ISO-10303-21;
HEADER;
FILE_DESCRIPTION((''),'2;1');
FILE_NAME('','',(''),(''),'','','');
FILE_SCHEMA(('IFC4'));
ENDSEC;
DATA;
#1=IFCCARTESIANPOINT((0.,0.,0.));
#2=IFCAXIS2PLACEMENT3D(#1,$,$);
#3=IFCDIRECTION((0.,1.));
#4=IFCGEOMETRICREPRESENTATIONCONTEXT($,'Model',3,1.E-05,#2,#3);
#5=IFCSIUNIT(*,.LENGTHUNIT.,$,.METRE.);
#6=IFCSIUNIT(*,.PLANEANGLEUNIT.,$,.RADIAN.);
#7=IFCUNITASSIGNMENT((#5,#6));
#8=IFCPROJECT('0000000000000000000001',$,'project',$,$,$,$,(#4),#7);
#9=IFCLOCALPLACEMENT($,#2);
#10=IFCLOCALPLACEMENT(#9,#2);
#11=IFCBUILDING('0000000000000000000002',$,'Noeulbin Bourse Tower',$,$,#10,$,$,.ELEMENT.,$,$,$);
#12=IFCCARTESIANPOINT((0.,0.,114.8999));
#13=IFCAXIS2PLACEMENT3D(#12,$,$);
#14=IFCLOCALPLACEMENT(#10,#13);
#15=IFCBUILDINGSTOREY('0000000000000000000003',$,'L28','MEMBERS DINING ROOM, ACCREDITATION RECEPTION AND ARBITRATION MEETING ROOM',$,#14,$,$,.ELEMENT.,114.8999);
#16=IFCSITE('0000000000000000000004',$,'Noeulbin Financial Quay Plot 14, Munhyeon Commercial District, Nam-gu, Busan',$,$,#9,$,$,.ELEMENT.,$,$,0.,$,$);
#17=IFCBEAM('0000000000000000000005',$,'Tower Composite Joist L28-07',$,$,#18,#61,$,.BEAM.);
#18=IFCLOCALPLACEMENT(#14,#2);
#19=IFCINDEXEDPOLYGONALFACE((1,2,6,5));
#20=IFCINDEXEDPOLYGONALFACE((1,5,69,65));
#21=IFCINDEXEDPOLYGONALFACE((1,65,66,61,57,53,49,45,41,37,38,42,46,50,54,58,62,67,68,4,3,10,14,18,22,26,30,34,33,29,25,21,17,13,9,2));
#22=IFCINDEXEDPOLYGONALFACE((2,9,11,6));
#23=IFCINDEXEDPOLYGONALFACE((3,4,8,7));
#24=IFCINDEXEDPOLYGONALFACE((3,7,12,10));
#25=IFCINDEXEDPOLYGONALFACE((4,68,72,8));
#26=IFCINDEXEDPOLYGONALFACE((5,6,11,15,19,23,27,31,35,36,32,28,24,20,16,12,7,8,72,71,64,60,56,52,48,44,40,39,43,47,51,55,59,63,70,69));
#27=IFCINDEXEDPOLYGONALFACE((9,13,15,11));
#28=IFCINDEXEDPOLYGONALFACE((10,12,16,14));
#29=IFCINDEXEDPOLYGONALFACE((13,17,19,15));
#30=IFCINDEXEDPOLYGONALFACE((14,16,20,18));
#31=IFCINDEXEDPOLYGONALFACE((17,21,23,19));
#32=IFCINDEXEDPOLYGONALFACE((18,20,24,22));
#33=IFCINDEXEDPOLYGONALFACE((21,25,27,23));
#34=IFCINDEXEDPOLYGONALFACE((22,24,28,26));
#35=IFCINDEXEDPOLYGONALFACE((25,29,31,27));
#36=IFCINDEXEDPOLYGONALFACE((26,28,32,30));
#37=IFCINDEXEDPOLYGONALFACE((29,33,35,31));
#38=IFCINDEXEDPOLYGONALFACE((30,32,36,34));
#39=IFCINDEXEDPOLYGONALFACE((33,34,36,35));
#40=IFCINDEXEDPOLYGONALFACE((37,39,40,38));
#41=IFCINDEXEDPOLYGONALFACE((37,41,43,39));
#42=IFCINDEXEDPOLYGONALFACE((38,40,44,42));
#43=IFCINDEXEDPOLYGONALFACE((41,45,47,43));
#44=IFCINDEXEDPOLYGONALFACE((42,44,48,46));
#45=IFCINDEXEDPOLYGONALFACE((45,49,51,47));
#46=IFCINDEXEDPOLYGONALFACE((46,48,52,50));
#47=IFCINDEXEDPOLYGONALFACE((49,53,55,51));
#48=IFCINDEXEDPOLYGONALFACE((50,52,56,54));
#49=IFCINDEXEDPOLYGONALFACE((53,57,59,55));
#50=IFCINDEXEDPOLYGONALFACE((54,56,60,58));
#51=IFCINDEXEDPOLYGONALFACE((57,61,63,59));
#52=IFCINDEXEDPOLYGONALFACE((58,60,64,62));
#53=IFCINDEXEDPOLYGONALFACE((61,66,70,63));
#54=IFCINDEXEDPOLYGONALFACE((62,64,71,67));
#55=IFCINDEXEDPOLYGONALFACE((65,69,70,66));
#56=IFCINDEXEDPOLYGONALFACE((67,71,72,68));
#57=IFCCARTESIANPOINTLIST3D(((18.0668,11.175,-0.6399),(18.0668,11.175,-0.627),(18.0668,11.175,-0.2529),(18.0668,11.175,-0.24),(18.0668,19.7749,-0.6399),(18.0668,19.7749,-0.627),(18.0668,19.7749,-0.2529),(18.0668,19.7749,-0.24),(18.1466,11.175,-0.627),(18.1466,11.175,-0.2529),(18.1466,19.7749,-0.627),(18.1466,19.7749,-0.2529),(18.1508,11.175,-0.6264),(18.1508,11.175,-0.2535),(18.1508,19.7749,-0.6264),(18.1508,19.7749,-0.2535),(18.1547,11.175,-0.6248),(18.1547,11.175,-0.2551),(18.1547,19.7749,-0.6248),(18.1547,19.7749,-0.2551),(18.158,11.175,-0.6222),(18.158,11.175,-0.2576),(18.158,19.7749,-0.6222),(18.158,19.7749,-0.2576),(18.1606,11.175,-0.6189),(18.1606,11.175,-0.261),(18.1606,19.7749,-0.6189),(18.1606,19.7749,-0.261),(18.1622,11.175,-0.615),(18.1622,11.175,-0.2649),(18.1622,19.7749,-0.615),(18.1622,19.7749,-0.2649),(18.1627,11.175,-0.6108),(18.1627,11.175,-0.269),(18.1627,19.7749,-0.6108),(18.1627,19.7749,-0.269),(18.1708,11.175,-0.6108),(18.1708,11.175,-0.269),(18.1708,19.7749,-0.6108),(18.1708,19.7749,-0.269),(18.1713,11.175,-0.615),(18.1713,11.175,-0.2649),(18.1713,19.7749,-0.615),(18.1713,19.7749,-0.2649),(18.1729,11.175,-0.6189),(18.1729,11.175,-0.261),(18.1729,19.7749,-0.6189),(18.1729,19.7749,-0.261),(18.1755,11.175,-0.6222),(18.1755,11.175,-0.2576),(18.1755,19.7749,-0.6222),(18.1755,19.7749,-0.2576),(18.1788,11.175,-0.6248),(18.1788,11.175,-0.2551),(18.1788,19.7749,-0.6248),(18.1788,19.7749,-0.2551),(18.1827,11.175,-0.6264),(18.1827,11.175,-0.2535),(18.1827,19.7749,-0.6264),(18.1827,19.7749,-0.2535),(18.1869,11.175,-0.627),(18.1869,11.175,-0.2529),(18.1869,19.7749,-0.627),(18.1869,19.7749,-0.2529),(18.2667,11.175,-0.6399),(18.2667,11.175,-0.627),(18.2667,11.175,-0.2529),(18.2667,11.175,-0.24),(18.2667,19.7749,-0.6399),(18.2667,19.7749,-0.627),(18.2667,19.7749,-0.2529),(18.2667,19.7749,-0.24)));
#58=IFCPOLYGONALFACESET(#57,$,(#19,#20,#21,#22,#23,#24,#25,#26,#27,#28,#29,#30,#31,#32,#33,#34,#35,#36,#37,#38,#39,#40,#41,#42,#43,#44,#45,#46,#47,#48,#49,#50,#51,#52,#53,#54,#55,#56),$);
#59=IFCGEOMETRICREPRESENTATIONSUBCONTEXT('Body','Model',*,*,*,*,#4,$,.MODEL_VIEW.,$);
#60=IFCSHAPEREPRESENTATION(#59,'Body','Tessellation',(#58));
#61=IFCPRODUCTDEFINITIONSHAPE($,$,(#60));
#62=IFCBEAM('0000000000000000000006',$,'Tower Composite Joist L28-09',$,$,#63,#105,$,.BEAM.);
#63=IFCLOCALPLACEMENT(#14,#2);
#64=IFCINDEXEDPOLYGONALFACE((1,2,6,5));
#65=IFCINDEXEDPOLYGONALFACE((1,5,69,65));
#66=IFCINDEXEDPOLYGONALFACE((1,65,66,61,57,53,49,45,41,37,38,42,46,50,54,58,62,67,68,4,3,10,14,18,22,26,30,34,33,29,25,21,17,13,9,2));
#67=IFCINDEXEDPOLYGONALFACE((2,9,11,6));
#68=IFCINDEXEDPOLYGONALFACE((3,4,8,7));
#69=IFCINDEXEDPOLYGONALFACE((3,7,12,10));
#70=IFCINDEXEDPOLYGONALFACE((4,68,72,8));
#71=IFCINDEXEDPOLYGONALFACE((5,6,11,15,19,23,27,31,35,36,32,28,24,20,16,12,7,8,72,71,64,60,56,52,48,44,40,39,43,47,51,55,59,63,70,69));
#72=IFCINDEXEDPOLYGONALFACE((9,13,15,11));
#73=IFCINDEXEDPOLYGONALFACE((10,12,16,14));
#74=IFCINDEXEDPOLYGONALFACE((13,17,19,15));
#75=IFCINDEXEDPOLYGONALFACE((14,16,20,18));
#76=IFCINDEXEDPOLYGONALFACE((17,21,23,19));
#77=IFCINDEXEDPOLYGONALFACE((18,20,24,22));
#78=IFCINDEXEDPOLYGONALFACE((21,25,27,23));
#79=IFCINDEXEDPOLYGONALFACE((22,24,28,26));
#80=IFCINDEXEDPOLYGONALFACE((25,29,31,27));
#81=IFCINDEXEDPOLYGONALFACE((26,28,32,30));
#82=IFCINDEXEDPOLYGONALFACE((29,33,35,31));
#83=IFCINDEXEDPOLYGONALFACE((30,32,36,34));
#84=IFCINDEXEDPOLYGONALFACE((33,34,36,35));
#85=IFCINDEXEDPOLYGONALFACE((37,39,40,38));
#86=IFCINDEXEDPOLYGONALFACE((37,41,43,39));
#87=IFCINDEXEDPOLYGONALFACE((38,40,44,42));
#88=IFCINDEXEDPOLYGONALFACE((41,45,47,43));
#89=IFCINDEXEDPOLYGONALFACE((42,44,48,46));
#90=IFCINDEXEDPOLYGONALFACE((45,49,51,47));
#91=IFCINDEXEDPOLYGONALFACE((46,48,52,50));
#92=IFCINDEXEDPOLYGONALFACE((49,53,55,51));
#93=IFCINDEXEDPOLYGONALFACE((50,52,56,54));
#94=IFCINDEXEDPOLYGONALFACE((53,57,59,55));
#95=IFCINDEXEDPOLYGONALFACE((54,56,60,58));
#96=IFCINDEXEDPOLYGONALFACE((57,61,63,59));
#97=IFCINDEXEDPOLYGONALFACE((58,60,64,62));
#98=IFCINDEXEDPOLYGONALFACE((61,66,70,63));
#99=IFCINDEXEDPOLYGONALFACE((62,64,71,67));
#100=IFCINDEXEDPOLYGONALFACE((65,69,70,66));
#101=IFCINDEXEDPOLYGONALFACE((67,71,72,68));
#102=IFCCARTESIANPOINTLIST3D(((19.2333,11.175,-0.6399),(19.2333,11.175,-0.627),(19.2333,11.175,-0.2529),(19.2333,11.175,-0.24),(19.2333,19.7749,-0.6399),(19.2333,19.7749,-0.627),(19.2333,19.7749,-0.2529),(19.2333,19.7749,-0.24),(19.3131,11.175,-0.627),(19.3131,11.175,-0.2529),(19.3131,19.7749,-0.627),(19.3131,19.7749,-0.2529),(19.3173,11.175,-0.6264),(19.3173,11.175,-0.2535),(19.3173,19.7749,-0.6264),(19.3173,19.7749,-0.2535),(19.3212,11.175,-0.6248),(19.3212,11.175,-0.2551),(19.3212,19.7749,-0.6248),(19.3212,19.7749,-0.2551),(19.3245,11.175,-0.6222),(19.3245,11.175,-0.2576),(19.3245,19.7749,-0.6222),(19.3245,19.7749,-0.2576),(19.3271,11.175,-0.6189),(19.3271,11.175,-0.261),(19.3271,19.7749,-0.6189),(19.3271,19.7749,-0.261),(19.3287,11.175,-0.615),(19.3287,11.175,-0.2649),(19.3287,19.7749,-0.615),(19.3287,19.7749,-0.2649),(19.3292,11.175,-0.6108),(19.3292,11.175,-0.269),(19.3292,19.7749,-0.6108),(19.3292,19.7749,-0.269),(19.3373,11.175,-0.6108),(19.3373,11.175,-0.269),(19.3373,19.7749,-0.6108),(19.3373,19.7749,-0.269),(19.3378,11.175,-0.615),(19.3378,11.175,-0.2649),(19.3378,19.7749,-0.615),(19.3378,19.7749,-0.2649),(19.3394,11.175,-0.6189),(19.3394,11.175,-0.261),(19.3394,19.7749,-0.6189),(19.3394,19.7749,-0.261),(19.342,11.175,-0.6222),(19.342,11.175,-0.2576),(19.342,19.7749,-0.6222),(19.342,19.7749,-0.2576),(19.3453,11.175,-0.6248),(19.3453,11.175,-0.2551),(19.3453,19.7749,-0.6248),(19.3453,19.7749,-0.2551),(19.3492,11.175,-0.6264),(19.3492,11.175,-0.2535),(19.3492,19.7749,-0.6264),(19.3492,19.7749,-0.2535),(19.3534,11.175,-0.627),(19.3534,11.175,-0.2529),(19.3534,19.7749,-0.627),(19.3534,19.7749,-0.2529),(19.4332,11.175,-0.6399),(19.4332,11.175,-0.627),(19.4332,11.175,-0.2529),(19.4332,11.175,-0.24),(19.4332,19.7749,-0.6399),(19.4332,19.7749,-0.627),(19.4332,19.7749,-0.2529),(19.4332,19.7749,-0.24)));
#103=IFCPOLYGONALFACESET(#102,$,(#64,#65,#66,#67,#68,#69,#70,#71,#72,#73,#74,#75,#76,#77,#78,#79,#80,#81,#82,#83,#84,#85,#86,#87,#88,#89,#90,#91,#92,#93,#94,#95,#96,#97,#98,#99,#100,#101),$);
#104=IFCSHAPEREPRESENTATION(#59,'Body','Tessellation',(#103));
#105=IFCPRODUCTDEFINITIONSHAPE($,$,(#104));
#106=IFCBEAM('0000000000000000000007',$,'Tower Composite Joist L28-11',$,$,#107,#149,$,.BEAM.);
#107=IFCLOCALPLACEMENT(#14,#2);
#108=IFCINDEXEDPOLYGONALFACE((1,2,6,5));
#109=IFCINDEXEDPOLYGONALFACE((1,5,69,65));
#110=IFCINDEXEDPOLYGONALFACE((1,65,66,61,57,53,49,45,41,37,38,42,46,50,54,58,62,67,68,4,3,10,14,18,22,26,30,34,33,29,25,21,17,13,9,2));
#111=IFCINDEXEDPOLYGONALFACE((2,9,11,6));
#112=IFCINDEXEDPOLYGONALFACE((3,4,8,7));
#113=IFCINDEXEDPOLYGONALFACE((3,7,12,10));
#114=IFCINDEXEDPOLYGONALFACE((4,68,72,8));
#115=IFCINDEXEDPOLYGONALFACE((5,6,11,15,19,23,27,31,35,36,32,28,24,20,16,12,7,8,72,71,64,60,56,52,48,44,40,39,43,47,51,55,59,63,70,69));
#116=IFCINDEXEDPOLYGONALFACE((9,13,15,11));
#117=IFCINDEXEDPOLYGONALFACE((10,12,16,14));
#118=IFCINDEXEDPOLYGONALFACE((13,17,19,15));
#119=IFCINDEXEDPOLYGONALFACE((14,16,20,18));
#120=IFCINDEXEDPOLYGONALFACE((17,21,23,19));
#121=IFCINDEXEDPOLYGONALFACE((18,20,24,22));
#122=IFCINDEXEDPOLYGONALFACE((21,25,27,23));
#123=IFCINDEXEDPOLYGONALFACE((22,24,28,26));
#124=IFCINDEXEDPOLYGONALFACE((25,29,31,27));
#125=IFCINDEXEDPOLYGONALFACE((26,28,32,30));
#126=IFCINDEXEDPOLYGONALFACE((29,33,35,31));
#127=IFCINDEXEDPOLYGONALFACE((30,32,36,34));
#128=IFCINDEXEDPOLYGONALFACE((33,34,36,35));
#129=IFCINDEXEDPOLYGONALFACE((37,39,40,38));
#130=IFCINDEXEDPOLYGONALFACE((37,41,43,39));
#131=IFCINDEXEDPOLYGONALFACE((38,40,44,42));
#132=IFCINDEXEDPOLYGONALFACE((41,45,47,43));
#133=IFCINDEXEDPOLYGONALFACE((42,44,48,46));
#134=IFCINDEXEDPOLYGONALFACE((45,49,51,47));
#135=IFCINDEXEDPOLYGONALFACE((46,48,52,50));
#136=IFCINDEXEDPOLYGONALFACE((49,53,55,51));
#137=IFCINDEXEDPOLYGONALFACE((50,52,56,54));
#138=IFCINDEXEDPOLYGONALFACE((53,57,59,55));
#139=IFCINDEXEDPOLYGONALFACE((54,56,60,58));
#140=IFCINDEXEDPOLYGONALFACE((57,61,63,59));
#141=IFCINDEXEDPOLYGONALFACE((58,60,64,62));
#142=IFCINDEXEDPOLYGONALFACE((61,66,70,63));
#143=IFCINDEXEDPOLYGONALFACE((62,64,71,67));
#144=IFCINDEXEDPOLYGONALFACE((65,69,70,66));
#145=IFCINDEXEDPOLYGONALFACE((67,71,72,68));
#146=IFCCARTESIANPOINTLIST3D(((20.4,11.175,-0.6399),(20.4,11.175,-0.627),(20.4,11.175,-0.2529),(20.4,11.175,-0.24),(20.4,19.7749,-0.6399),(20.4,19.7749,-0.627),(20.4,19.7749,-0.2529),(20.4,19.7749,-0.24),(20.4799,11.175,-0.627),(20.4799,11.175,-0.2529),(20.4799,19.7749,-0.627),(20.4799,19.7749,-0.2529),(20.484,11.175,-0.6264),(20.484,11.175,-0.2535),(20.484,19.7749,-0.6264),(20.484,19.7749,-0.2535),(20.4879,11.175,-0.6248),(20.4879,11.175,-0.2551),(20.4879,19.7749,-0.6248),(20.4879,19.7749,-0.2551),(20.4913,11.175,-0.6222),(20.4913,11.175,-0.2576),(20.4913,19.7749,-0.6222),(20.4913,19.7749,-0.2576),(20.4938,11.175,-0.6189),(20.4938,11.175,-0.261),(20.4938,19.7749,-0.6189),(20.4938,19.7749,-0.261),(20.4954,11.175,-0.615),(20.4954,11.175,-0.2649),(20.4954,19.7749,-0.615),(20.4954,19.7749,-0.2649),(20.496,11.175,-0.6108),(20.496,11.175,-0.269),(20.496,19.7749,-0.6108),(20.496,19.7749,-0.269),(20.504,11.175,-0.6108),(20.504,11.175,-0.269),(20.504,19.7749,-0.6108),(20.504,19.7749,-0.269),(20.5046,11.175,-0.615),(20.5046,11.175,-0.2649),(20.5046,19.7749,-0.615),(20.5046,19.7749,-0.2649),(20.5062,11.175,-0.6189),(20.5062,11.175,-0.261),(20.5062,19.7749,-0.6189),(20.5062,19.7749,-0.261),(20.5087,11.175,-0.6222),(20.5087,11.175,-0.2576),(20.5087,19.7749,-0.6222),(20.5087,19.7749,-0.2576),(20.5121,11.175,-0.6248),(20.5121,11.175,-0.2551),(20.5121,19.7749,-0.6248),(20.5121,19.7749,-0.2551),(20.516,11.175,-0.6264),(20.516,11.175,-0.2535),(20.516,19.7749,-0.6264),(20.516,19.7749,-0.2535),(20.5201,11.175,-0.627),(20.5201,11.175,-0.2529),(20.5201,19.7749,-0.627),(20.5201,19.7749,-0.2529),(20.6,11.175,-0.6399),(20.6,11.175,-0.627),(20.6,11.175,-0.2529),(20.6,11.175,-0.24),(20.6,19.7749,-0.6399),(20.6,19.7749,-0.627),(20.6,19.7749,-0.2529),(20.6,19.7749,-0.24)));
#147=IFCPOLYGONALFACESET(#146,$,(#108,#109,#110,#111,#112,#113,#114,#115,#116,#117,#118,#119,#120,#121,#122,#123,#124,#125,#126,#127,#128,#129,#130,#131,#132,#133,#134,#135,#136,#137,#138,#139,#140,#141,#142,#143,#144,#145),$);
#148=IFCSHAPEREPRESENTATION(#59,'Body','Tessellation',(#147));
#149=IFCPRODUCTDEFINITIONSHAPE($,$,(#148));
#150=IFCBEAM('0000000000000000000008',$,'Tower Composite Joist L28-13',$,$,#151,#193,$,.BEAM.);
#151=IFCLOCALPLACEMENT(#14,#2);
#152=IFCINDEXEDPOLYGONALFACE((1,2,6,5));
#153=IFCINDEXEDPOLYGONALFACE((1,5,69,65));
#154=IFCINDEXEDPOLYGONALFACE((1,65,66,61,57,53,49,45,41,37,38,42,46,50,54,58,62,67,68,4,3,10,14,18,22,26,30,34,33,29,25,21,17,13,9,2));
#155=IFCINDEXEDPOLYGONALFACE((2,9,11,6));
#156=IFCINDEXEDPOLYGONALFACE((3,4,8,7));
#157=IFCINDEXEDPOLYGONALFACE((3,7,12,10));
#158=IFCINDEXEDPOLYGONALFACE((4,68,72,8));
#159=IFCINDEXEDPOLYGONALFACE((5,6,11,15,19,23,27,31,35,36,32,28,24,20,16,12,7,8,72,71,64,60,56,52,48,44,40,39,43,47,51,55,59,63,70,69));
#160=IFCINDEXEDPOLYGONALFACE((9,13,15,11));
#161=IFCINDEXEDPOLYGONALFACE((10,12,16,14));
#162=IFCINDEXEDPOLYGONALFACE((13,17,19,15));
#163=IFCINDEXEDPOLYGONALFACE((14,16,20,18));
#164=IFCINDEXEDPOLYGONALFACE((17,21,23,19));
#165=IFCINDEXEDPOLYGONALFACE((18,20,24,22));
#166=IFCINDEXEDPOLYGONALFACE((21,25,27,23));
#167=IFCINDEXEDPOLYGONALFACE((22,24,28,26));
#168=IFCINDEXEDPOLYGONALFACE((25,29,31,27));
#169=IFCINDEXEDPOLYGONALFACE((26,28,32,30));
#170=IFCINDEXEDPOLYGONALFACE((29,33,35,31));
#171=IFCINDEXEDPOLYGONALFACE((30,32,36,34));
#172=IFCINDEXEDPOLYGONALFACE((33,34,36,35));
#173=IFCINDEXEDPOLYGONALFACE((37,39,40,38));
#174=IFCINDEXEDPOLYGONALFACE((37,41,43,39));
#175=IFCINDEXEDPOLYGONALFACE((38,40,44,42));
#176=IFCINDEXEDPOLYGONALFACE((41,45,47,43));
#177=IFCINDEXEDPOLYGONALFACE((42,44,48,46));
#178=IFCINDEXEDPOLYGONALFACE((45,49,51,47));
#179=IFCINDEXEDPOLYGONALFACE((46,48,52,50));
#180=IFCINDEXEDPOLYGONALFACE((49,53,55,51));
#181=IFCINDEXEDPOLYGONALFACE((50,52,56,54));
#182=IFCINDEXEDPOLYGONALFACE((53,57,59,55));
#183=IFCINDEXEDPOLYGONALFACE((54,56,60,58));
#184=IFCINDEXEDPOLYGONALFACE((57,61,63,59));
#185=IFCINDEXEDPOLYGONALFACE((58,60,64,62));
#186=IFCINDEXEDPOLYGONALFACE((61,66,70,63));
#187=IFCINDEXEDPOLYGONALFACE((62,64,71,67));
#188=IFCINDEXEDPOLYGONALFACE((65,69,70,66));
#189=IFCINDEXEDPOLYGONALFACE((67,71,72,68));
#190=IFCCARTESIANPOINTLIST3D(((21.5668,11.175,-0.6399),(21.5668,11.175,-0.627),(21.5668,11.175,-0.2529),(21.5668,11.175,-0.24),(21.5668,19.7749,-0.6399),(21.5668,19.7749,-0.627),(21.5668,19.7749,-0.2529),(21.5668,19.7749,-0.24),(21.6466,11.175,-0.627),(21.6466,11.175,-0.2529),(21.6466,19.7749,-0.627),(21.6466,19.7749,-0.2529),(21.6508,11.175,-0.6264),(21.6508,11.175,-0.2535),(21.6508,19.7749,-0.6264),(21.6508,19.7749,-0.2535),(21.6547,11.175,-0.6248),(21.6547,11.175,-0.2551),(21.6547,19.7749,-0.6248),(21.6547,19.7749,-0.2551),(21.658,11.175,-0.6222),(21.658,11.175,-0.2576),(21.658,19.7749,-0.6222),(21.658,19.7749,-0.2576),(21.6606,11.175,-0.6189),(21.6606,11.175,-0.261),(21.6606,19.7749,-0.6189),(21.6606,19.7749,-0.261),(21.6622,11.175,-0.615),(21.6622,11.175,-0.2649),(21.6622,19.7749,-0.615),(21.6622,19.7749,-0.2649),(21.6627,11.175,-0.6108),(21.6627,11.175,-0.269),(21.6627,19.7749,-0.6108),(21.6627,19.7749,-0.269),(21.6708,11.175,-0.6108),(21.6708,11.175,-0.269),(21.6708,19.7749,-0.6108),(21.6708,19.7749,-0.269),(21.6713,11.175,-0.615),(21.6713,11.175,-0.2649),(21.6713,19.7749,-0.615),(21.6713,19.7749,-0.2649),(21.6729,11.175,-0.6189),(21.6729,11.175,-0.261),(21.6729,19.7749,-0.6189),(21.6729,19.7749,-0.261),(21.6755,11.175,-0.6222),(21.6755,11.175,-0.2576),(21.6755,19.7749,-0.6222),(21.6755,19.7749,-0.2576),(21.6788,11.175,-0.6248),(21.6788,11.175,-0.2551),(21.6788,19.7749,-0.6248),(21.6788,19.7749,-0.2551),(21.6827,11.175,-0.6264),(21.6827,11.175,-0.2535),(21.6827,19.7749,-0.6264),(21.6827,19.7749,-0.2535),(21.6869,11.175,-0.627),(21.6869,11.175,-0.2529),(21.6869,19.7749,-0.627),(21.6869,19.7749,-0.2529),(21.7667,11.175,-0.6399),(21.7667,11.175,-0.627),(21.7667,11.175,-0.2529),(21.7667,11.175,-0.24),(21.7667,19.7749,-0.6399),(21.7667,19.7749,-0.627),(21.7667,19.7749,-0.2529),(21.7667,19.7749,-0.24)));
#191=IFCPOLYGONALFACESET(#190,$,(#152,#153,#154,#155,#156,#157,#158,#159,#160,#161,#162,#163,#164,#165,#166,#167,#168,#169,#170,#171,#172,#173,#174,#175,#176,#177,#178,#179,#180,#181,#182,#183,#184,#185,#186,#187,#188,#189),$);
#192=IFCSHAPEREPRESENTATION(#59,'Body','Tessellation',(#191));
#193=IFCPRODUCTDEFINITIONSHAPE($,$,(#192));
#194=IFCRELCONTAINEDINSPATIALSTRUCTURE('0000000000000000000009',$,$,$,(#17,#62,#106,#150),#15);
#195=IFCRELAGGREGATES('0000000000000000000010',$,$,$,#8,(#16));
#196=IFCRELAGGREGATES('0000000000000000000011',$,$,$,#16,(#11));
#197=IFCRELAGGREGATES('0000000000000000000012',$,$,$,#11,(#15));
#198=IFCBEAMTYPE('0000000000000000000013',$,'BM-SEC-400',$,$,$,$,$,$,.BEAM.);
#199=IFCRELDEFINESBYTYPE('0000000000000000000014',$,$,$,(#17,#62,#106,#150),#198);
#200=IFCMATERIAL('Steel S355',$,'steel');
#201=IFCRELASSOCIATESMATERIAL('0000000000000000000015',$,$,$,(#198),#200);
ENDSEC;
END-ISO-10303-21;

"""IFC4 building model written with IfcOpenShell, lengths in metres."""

from ifc_helpers import new_model, si_unit, direction, frame, origin, origin_2d, place, context, subcontext, project, spatial, i_section, extrude, material, material_profile, profile_set, type_object, element, save


model = new_model("IFC4")

# Units and contexts
model_context = context("Model", 3, precision=1e-05, world=origin(), true_north=direction((0.0, 1.0)))
body_context = subcontext(model_context, "Body", "Model", "MODEL_VIEW")
ifc_project = project(units=[si_unit("LENGTHUNIT", "METRE"), si_unit("PLANEANGLEUNIT", "RADIAN")], contexts=[model_context])

# Site, building, storey
site_placement = place(None, origin())
site = spatial("IfcSite", under=ifc_project, at=site_placement, Name="Noeulbin Financial Quay Plot 14, Munhyeon Commercial District, Nam-gu, Busan", CompositionType="ELEMENT", RefElevation=0.0)
building_placement = place(site_placement, origin())
building = spatial("IfcBuilding", under=site, at=building_placement, Name="Noeulbin Bourse Tower", CompositionType="ELEMENT")
storey_placement = place(building_placement, frame((0.0, 0.0, 114.8999)))
storey = spatial("IfcBuildingStorey", under=building, at=storey_placement, Name="L28", Description="MEMBERS DINING ROOM, ACCREDITATION RECEPTION AND ARBITRATION MEETING ROOM", CompositionType="ELEMENT", Elevation=114.8999)

# Shared definitions
ifc_material_1 = material(Name="Steel S355", Category="steel")

# Beams
ifc_material_profile_1 = material_profile(ifc_material_1, i_section(OverallWidth=0.2, OverallDepth=0.3999, WebThickness=0.0081, FlangeThickness=0.0129, FilletRadius=0.0161, at=origin_2d()), Name="H-400x200x8x13", Category="LoadBearing")
ifc_profile_set_1 = profile_set([ifc_material_profile_1], Name="Steel S355")
beam_type_1 = type_object("IfcBeamType", Name="BM-SEC-400", PredefinedType="BEAM", material=ifc_profile_set_1)
for number, where, z_axis, x_axis, name in (
    (1, (18.1667, 11.175, -0.4399), (0.0, 1.0, 0.0), (-1.0, 0.0, 0.0), "Tower Composite Joist L28-07"),
    (2, (19.3333, 11.175, -0.4399), (0.0, 1.0, 0.0), (-1.0, 0.0, 0.0), "Tower Composite Joist L28-09"),
    (3, (20.5, 11.175, -0.4399), (0.0, 1.0, 0.0), (-1.0, 0.0, 0.0), "Tower Composite Joist L28-11"),
    (4, (21.6667, 11.175, -0.4399), (0.0, 1.0, 0.0), (-1.0, 0.0, 0.0), "Tower Composite Joist L28-13"),
):
    element("IfcBeam", number, at=place(storey_placement, frame(where, z_axis=z_axis, x_axis=x_axis)), inside=storey, type_object=beam_type_1, Name=name, PredefinedType="BEAM", context=body_context, shape_type="SweptSolid", body=[
        extrude(i_section(OverallWidth=0.2, OverallDepth=0.3999, WebThickness=0.0081, FlangeThickness=0.0129, FilletRadius=0.0161, at=origin_2d()), origin(), (0.0, 0.0, 1.0), 8.5999),
    ])

save(model, "model.ifc")
